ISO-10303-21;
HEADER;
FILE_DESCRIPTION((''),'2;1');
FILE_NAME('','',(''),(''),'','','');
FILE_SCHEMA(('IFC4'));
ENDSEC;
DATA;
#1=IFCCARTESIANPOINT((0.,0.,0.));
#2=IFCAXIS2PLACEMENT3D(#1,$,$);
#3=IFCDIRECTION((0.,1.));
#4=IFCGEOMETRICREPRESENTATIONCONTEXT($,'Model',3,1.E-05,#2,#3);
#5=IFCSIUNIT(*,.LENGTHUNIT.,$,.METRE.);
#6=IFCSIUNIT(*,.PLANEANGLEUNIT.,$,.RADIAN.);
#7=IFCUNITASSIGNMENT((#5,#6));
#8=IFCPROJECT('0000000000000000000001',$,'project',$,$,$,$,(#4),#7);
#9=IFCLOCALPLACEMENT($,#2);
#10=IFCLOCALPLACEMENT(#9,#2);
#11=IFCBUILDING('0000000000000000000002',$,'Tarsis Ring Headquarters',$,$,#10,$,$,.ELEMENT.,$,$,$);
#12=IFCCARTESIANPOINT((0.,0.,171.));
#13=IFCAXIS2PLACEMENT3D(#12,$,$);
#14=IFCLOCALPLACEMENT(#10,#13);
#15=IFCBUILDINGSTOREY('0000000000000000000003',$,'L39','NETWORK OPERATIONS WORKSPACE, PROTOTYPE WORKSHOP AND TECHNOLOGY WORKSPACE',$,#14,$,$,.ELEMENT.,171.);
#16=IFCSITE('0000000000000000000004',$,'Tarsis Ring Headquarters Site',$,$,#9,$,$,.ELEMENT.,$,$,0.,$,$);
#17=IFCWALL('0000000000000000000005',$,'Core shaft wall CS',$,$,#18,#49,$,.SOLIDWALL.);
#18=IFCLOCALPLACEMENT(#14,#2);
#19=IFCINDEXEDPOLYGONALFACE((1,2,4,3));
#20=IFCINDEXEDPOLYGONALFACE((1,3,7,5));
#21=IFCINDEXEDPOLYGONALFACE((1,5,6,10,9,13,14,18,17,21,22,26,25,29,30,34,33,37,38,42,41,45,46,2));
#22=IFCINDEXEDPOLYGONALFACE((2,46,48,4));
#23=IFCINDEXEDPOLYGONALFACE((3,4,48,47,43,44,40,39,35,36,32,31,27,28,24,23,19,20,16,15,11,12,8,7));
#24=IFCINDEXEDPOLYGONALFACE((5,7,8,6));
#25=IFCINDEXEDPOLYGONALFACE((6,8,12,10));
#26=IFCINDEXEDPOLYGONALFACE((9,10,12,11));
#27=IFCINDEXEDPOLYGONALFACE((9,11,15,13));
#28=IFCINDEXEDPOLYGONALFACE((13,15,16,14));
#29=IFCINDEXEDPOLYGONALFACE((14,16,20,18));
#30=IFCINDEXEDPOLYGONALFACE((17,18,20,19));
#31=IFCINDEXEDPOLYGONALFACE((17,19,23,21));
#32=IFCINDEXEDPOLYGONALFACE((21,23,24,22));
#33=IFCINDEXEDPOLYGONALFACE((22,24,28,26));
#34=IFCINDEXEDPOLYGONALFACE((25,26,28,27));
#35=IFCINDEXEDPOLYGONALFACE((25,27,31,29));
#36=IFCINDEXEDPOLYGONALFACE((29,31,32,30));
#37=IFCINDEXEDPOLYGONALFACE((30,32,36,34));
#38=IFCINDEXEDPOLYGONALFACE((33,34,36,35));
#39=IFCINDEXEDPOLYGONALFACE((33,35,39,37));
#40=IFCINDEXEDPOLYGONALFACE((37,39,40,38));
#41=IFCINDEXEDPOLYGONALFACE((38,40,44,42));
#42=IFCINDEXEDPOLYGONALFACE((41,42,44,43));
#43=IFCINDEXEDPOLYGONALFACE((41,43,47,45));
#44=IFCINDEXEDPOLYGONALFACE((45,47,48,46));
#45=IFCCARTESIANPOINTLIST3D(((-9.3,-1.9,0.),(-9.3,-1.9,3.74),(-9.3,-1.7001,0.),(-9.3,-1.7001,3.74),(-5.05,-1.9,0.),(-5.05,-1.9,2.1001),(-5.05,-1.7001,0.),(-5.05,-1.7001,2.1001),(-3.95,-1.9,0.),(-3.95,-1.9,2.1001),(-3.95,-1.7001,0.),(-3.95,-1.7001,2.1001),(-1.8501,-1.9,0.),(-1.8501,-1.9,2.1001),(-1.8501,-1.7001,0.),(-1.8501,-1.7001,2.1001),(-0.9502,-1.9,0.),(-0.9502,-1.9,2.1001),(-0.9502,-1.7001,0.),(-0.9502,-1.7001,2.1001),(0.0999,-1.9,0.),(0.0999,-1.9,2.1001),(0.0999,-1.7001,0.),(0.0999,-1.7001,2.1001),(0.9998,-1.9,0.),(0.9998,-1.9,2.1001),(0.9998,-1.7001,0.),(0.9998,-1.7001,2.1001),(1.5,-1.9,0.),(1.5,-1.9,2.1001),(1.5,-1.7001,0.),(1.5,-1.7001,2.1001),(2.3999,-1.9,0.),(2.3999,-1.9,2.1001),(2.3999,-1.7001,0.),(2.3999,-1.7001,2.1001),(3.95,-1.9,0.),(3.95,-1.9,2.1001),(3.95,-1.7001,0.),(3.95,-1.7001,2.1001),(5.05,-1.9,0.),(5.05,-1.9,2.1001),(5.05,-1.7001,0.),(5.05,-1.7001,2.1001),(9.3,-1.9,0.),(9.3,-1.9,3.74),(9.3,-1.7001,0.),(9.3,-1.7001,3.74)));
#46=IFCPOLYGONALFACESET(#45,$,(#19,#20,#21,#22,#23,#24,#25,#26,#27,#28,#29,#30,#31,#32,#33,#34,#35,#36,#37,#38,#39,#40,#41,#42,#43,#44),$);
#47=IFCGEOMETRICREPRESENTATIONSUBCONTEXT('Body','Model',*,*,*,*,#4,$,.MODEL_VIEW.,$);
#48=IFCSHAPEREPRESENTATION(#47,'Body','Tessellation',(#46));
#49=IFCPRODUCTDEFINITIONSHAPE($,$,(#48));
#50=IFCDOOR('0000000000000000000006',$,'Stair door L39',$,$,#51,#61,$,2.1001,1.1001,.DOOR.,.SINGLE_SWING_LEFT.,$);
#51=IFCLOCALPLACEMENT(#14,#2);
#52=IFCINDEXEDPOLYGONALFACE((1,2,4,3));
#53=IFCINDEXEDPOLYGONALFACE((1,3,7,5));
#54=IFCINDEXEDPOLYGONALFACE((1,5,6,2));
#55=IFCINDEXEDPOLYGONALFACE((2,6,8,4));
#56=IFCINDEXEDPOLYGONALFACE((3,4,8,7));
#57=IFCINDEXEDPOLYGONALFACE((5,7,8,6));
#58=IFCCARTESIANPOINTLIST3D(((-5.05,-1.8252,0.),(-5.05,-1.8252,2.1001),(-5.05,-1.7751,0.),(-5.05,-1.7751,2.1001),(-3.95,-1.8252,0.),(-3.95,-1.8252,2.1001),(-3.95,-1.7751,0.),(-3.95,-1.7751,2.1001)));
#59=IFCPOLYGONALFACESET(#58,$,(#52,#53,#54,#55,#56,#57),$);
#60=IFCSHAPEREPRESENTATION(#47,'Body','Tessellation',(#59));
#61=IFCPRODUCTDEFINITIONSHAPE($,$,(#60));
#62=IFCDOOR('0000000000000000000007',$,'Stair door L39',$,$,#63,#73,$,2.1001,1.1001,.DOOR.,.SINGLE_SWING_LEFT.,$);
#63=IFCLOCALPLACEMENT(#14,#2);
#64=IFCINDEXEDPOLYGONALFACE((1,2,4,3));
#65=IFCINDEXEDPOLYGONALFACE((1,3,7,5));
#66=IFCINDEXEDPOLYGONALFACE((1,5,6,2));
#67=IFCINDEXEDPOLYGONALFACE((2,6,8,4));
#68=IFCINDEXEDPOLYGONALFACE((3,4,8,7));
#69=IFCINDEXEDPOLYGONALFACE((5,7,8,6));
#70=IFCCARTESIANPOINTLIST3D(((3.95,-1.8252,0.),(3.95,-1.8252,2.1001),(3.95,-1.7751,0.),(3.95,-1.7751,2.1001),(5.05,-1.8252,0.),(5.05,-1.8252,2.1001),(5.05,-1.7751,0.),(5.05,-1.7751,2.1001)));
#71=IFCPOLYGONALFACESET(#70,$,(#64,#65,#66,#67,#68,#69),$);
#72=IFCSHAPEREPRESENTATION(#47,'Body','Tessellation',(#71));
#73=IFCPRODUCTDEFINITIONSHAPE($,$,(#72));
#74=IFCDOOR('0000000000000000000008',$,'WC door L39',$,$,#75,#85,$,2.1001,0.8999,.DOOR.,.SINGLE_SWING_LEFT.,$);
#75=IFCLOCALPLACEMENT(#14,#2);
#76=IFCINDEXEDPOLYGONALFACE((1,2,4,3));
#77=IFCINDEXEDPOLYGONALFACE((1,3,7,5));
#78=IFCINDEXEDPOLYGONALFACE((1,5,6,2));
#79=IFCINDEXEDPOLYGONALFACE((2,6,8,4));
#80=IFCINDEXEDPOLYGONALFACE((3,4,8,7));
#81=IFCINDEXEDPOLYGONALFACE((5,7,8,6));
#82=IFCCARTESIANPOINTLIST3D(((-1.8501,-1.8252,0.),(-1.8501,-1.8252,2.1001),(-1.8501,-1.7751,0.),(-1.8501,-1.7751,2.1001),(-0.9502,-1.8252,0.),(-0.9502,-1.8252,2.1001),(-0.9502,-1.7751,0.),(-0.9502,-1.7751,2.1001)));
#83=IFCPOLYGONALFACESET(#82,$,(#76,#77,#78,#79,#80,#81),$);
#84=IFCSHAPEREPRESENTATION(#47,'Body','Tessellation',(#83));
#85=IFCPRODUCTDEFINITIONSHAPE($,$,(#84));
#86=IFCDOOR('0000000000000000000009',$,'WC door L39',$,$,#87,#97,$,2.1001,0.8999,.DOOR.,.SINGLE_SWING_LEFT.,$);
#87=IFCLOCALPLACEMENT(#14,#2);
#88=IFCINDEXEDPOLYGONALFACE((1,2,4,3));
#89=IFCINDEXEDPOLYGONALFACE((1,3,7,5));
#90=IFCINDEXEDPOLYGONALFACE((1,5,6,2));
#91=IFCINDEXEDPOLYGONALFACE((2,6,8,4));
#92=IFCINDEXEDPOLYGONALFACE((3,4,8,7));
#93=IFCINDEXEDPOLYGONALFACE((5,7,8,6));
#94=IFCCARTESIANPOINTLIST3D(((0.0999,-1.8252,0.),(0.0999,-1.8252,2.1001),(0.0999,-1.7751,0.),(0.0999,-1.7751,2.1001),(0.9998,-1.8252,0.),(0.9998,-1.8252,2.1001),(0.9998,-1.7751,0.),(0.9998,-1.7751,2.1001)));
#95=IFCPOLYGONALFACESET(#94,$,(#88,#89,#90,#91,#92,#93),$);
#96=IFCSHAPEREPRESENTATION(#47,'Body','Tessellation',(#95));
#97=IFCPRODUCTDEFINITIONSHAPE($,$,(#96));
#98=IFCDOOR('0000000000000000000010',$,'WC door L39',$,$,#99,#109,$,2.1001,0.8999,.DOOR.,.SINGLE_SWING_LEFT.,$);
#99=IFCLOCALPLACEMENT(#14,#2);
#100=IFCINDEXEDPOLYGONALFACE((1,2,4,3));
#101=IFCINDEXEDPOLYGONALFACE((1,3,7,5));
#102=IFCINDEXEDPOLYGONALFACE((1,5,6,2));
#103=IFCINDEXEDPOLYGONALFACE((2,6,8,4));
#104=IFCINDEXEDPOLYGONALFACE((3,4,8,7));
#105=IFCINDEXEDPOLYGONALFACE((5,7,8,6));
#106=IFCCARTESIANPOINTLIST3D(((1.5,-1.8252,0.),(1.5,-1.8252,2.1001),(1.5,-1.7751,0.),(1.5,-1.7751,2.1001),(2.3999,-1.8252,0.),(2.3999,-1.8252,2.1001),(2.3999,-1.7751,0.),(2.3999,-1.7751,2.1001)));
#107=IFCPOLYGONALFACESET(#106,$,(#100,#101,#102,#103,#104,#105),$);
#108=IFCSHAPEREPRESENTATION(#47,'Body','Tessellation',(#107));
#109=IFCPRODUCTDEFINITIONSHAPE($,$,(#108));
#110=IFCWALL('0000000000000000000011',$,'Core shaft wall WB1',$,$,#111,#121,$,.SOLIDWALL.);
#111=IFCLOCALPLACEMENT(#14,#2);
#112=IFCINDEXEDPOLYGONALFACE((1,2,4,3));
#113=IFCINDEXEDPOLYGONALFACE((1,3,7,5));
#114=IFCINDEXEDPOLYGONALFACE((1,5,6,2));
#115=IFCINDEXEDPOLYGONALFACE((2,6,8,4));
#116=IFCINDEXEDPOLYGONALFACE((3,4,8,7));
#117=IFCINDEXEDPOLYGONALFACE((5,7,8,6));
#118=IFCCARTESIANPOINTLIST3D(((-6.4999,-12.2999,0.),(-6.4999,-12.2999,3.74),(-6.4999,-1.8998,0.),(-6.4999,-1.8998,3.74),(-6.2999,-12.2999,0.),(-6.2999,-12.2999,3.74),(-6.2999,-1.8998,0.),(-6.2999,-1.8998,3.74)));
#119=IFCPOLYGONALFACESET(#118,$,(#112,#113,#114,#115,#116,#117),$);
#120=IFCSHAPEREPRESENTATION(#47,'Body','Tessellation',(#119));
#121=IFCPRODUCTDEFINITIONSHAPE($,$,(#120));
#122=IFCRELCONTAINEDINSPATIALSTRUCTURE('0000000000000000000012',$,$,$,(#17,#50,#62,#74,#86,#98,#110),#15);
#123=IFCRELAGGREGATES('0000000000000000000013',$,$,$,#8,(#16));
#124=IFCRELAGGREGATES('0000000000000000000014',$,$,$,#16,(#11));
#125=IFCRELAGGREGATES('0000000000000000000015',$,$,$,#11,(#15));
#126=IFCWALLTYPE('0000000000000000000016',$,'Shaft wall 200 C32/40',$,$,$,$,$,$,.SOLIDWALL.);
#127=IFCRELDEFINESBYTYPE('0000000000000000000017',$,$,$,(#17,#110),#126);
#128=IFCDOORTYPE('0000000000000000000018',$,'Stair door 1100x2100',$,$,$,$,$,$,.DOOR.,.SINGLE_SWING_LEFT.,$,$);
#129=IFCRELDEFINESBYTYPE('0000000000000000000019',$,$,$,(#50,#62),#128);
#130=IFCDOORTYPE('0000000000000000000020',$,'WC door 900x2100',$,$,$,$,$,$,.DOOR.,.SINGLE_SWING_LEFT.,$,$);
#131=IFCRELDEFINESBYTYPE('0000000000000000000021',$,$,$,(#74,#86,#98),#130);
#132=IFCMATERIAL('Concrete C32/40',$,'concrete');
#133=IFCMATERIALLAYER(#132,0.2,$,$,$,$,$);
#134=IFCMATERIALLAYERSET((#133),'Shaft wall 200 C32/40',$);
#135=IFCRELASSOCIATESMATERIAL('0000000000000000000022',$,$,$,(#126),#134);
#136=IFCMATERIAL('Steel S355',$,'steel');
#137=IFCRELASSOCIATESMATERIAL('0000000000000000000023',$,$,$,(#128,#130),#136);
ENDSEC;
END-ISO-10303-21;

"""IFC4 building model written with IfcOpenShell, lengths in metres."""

from ifc_helpers import new_model, si_unit, direction, frame, frame_2d, origin, place, context, subcontext, project, spatial, rectangle, extrude, material, layer, layer_set, type_object, element, fill, save


model = new_model("IFC4")

# Units and contexts
model_context = context("Model", 3, precision=1e-05, world=origin(), true_north=direction((0.0, 1.0)))
body_context = subcontext(model_context, "Body", "Model", "MODEL_VIEW")
ifc_project = project(units=[si_unit("LENGTHUNIT", "METRE"), si_unit("PLANEANGLEUNIT", "RADIAN")], contexts=[model_context])

# Site, building, storey
site_placement = place(None, origin())
site = spatial("IfcSite", under=ifc_project, at=site_placement, Name="Tarsis Ring Headquarters Site", CompositionType="ELEMENT", RefElevation=0.0)
building_placement = place(site_placement, origin())
building = spatial("IfcBuilding", under=site, at=building_placement, Name="Tarsis Ring Headquarters", CompositionType="ELEMENT")
storey_placement = place(building_placement, frame((0.0, 0.0, 171.0)))
storey = spatial("IfcBuildingStorey", under=building, at=storey_placement, Name="L39", Description="NETWORK OPERATIONS WORKSPACE, PROTOTYPE WORKSHOP AND TECHNOLOGY WORKSPACE", CompositionType="ELEMENT", Elevation=171.0)

# Wall, openings, doors
ifc_material_1 = material(Name="Concrete C32/40", Category="concrete")
ifc_layer_1 = layer(ifc_material_1, 0.2)
ifc_layer_set_1 = layer_set([ifc_layer_1], Name="Shaft wall 200 C32/40")
wall_type_1 = type_object("IfcWallType", Name="Shaft wall 200 C32/40", PredefinedType="SOLIDWALL", material=ifc_layer_set_1)
wall_1_placement = place(storey_placement, frame((-9.3, -1.8, 0.0), z_axis=(0.0, 0.0, 1.0), x_axis=(1.0, 0.0, 0.0)))
wall_1 = element("IfcWall", 1, at=wall_1_placement, inside=storey, type_object=wall_type_1, Name="Core shaft wall CS", PredefinedType="SOLIDWALL", context=body_context, shape_type="SweptSolid", body=[
    extrude(rectangle(XDim=18.6001, YDim=0.2, at=frame_2d((9.3, 0.0))), origin(), (0.0, 0.0, 1.0), 3.74),
])
opening_1_placement = place(wall_1_placement, frame((4.25, 0.0, 0.0)))
opening_1 = element("IfcOpeningElement", 2, at=opening_1_placement, cuts=wall_1, PredefinedType="OPENING", context=body_context, shape_type="SweptSolid", body=[
    extrude(rectangle(XDim=1.1001, YDim=2.1001, at=frame_2d((0.55, 1.05))), frame((0.0, 0.1099, 0.0), z_axis=(0.0, -1.0, 0.0), x_axis=(1.0, 0.0, 0.0)), (0.0, 0.0, 1.0), 0.22),
])
opening_2_placement = place(wall_1_placement, frame((7.45, 0.0, 0.0)))
opening_2 = element("IfcOpeningElement", 3, at=opening_2_placement, cuts=wall_1, PredefinedType="OPENING", context=body_context, shape_type="SweptSolid", body=[
    extrude(rectangle(XDim=0.8999, YDim=2.1001, at=frame_2d((0.45, 1.05))), frame((0.0, 0.1099, 0.0), z_axis=(0.0, -1.0, 0.0), x_axis=(1.0, 0.0, 0.0)), (0.0, 0.0, 1.0), 0.22),
])
opening_3_placement = place(wall_1_placement, frame((9.3999, 0.0, 0.0)))
opening_3 = element("IfcOpeningElement", 4, at=opening_3_placement, cuts=wall_1, PredefinedType="OPENING", context=body_context, shape_type="SweptSolid", body=[
    extrude(rectangle(XDim=0.8999, YDim=2.1001, at=frame_2d((0.45, 1.05))), frame((0.0, 0.1099, 0.0), z_axis=(0.0, -1.0, 0.0), x_axis=(1.0, 0.0, 0.0)), (0.0, 0.0, 1.0), 0.22),
])
opening_4_placement = place(wall_1_placement, frame((10.8, 0.0, 0.0)))
opening_4 = element("IfcOpeningElement", 5, at=opening_4_placement, cuts=wall_1, PredefinedType="OPENING", context=body_context, shape_type="SweptSolid", body=[
    extrude(rectangle(XDim=0.8999, YDim=2.1001, at=frame_2d((0.45, 1.05))), frame((0.0, 0.1099, 0.0), z_axis=(0.0, -1.0, 0.0), x_axis=(1.0, 0.0, 0.0)), (0.0, 0.0, 1.0), 0.22),
])
opening_5_placement = place(wall_1_placement, frame((13.25, 0.0, 0.0)))
opening_5 = element("IfcOpeningElement", 6, at=opening_5_placement, cuts=wall_1, PredefinedType="OPENING", context=body_context, shape_type="SweptSolid", body=[
    extrude(rectangle(XDim=1.1001, YDim=2.1001, at=frame_2d((0.55, 1.05))), frame((0.0, 0.1099, 0.0), z_axis=(0.0, -1.0, 0.0), x_axis=(1.0, 0.0, 0.0)), (0.0, 0.0, 1.0), 0.22),
])
ifc_material_2 = material(Name="Steel S355", Category="steel")
door_type_1 = type_object("IfcDoorType", Name="Stair door 1100x2100", OperationType="SINGLE_SWING_LEFT", PredefinedType="DOOR", material=ifc_material_2)
door_1_placement = place(opening_1_placement, origin())
door_1 = element("IfcDoor", 7, at=door_1_placement, inside=storey, type_object=door_type_1, Name="Stair door L39", OperationType="SINGLE_SWING_LEFT", OverallHeight=2.1001, OverallWidth=1.1001, PredefinedType="DOOR", context=body_context, shape_type="SweptSolid", body=[
    extrude(rectangle(XDim=1.1001, YDim=2.1001, at=frame_2d((0.55, 1.05))), frame((0.0, 0.0249, 0.0), z_axis=(0.0, -1.0, 0.0), x_axis=(1.0, 0.0, 0.0)), (0.0, 0.0, 1.0), 0.05),
])
fill(opening_1, door_1)
door_2_placement = place(opening_5_placement, origin())
door_2 = element("IfcDoor", 8, at=door_2_placement, inside=storey, type_object=door_type_1, Name="Stair door L39", OperationType="SINGLE_SWING_LEFT", OverallHeight=2.1001, OverallWidth=1.1001, PredefinedType="DOOR", context=body_context, shape_type="SweptSolid", body=[
    extrude(rectangle(XDim=1.1001, YDim=2.1001, at=frame_2d((0.55, 1.05))), frame((0.0, 0.0249, 0.0), z_axis=(0.0, -1.0, 0.0), x_axis=(1.0, 0.0, 0.0)), (0.0, 0.0, 1.0), 0.05),
])
fill(opening_5, door_2)
door_type_2 = type_object("IfcDoorType", Name="WC door 900x2100", OperationType="SINGLE_SWING_LEFT", PredefinedType="DOOR", material=ifc_material_2)
door_3_placement = place(opening_2_placement, origin())
door_3 = element("IfcDoor", 9, at=door_3_placement, inside=storey, type_object=door_type_2, Name="WC door L39", OperationType="SINGLE_SWING_LEFT", OverallHeight=2.1001, OverallWidth=0.8999, PredefinedType="DOOR", context=body_context, shape_type="SweptSolid", body=[
    extrude(rectangle(XDim=0.8999, YDim=2.1001, at=frame_2d((0.45, 1.05))), frame((0.0, 0.0249, 0.0), z_axis=(0.0, -1.0, 0.0), x_axis=(1.0, 0.0, 0.0)), (0.0, 0.0, 1.0), 0.05),
])
fill(opening_2, door_3)
door_4_placement = place(opening_3_placement, origin())
door_4 = element("IfcDoor", 10, at=door_4_placement, inside=storey, type_object=door_type_2, Name="WC door L39", OperationType="SINGLE_SWING_LEFT", OverallHeight=2.1001, OverallWidth=0.8999, PredefinedType="DOOR", context=body_context, shape_type="SweptSolid", body=[
    extrude(rectangle(XDim=0.8999, YDim=2.1001, at=frame_2d((0.45, 1.05))), frame((0.0, 0.0249, 0.0), z_axis=(0.0, -1.0, 0.0), x_axis=(1.0, 0.0, 0.0)), (0.0, 0.0, 1.0), 0.05),
])
fill(opening_3, door_4)
door_5_placement = place(opening_4_placement, origin())
door_5 = element("IfcDoor", 11, at=door_5_placement, inside=storey, type_object=door_type_2, Name="WC door L39", OperationType="SINGLE_SWING_LEFT", OverallHeight=2.1001, OverallWidth=0.8999, PredefinedType="DOOR", context=body_context, shape_type="SweptSolid", body=[
    extrude(rectangle(XDim=0.8999, YDim=2.1001, at=frame_2d((0.45, 1.05))), frame((0.0, 0.0249, 0.0), z_axis=(0.0, -1.0, 0.0), x_axis=(1.0, 0.0, 0.0)), (0.0, 0.0, 1.0), 0.05),
])
fill(opening_4, door_5)

# Wall
wall_2_placement = place(storey_placement, frame((-6.3999, -12.3, 0.0), z_axis=(0.0, 0.0, 1.0), x_axis=(0.0, 1.0, 0.0)))
element("IfcWall", 12, at=wall_2_placement, inside=storey, type_object=wall_type_1, Name="Core shaft wall WB1", PredefinedType="SOLIDWALL", context=body_context, shape_type="SweptSolid", body=[
    extrude(rectangle(XDim=10.4001, YDim=0.2, at=frame_2d((5.2002, 0.0))), origin(), (0.0, 0.0, 1.0), 3.74),
])

save(model, "model.ifc")
